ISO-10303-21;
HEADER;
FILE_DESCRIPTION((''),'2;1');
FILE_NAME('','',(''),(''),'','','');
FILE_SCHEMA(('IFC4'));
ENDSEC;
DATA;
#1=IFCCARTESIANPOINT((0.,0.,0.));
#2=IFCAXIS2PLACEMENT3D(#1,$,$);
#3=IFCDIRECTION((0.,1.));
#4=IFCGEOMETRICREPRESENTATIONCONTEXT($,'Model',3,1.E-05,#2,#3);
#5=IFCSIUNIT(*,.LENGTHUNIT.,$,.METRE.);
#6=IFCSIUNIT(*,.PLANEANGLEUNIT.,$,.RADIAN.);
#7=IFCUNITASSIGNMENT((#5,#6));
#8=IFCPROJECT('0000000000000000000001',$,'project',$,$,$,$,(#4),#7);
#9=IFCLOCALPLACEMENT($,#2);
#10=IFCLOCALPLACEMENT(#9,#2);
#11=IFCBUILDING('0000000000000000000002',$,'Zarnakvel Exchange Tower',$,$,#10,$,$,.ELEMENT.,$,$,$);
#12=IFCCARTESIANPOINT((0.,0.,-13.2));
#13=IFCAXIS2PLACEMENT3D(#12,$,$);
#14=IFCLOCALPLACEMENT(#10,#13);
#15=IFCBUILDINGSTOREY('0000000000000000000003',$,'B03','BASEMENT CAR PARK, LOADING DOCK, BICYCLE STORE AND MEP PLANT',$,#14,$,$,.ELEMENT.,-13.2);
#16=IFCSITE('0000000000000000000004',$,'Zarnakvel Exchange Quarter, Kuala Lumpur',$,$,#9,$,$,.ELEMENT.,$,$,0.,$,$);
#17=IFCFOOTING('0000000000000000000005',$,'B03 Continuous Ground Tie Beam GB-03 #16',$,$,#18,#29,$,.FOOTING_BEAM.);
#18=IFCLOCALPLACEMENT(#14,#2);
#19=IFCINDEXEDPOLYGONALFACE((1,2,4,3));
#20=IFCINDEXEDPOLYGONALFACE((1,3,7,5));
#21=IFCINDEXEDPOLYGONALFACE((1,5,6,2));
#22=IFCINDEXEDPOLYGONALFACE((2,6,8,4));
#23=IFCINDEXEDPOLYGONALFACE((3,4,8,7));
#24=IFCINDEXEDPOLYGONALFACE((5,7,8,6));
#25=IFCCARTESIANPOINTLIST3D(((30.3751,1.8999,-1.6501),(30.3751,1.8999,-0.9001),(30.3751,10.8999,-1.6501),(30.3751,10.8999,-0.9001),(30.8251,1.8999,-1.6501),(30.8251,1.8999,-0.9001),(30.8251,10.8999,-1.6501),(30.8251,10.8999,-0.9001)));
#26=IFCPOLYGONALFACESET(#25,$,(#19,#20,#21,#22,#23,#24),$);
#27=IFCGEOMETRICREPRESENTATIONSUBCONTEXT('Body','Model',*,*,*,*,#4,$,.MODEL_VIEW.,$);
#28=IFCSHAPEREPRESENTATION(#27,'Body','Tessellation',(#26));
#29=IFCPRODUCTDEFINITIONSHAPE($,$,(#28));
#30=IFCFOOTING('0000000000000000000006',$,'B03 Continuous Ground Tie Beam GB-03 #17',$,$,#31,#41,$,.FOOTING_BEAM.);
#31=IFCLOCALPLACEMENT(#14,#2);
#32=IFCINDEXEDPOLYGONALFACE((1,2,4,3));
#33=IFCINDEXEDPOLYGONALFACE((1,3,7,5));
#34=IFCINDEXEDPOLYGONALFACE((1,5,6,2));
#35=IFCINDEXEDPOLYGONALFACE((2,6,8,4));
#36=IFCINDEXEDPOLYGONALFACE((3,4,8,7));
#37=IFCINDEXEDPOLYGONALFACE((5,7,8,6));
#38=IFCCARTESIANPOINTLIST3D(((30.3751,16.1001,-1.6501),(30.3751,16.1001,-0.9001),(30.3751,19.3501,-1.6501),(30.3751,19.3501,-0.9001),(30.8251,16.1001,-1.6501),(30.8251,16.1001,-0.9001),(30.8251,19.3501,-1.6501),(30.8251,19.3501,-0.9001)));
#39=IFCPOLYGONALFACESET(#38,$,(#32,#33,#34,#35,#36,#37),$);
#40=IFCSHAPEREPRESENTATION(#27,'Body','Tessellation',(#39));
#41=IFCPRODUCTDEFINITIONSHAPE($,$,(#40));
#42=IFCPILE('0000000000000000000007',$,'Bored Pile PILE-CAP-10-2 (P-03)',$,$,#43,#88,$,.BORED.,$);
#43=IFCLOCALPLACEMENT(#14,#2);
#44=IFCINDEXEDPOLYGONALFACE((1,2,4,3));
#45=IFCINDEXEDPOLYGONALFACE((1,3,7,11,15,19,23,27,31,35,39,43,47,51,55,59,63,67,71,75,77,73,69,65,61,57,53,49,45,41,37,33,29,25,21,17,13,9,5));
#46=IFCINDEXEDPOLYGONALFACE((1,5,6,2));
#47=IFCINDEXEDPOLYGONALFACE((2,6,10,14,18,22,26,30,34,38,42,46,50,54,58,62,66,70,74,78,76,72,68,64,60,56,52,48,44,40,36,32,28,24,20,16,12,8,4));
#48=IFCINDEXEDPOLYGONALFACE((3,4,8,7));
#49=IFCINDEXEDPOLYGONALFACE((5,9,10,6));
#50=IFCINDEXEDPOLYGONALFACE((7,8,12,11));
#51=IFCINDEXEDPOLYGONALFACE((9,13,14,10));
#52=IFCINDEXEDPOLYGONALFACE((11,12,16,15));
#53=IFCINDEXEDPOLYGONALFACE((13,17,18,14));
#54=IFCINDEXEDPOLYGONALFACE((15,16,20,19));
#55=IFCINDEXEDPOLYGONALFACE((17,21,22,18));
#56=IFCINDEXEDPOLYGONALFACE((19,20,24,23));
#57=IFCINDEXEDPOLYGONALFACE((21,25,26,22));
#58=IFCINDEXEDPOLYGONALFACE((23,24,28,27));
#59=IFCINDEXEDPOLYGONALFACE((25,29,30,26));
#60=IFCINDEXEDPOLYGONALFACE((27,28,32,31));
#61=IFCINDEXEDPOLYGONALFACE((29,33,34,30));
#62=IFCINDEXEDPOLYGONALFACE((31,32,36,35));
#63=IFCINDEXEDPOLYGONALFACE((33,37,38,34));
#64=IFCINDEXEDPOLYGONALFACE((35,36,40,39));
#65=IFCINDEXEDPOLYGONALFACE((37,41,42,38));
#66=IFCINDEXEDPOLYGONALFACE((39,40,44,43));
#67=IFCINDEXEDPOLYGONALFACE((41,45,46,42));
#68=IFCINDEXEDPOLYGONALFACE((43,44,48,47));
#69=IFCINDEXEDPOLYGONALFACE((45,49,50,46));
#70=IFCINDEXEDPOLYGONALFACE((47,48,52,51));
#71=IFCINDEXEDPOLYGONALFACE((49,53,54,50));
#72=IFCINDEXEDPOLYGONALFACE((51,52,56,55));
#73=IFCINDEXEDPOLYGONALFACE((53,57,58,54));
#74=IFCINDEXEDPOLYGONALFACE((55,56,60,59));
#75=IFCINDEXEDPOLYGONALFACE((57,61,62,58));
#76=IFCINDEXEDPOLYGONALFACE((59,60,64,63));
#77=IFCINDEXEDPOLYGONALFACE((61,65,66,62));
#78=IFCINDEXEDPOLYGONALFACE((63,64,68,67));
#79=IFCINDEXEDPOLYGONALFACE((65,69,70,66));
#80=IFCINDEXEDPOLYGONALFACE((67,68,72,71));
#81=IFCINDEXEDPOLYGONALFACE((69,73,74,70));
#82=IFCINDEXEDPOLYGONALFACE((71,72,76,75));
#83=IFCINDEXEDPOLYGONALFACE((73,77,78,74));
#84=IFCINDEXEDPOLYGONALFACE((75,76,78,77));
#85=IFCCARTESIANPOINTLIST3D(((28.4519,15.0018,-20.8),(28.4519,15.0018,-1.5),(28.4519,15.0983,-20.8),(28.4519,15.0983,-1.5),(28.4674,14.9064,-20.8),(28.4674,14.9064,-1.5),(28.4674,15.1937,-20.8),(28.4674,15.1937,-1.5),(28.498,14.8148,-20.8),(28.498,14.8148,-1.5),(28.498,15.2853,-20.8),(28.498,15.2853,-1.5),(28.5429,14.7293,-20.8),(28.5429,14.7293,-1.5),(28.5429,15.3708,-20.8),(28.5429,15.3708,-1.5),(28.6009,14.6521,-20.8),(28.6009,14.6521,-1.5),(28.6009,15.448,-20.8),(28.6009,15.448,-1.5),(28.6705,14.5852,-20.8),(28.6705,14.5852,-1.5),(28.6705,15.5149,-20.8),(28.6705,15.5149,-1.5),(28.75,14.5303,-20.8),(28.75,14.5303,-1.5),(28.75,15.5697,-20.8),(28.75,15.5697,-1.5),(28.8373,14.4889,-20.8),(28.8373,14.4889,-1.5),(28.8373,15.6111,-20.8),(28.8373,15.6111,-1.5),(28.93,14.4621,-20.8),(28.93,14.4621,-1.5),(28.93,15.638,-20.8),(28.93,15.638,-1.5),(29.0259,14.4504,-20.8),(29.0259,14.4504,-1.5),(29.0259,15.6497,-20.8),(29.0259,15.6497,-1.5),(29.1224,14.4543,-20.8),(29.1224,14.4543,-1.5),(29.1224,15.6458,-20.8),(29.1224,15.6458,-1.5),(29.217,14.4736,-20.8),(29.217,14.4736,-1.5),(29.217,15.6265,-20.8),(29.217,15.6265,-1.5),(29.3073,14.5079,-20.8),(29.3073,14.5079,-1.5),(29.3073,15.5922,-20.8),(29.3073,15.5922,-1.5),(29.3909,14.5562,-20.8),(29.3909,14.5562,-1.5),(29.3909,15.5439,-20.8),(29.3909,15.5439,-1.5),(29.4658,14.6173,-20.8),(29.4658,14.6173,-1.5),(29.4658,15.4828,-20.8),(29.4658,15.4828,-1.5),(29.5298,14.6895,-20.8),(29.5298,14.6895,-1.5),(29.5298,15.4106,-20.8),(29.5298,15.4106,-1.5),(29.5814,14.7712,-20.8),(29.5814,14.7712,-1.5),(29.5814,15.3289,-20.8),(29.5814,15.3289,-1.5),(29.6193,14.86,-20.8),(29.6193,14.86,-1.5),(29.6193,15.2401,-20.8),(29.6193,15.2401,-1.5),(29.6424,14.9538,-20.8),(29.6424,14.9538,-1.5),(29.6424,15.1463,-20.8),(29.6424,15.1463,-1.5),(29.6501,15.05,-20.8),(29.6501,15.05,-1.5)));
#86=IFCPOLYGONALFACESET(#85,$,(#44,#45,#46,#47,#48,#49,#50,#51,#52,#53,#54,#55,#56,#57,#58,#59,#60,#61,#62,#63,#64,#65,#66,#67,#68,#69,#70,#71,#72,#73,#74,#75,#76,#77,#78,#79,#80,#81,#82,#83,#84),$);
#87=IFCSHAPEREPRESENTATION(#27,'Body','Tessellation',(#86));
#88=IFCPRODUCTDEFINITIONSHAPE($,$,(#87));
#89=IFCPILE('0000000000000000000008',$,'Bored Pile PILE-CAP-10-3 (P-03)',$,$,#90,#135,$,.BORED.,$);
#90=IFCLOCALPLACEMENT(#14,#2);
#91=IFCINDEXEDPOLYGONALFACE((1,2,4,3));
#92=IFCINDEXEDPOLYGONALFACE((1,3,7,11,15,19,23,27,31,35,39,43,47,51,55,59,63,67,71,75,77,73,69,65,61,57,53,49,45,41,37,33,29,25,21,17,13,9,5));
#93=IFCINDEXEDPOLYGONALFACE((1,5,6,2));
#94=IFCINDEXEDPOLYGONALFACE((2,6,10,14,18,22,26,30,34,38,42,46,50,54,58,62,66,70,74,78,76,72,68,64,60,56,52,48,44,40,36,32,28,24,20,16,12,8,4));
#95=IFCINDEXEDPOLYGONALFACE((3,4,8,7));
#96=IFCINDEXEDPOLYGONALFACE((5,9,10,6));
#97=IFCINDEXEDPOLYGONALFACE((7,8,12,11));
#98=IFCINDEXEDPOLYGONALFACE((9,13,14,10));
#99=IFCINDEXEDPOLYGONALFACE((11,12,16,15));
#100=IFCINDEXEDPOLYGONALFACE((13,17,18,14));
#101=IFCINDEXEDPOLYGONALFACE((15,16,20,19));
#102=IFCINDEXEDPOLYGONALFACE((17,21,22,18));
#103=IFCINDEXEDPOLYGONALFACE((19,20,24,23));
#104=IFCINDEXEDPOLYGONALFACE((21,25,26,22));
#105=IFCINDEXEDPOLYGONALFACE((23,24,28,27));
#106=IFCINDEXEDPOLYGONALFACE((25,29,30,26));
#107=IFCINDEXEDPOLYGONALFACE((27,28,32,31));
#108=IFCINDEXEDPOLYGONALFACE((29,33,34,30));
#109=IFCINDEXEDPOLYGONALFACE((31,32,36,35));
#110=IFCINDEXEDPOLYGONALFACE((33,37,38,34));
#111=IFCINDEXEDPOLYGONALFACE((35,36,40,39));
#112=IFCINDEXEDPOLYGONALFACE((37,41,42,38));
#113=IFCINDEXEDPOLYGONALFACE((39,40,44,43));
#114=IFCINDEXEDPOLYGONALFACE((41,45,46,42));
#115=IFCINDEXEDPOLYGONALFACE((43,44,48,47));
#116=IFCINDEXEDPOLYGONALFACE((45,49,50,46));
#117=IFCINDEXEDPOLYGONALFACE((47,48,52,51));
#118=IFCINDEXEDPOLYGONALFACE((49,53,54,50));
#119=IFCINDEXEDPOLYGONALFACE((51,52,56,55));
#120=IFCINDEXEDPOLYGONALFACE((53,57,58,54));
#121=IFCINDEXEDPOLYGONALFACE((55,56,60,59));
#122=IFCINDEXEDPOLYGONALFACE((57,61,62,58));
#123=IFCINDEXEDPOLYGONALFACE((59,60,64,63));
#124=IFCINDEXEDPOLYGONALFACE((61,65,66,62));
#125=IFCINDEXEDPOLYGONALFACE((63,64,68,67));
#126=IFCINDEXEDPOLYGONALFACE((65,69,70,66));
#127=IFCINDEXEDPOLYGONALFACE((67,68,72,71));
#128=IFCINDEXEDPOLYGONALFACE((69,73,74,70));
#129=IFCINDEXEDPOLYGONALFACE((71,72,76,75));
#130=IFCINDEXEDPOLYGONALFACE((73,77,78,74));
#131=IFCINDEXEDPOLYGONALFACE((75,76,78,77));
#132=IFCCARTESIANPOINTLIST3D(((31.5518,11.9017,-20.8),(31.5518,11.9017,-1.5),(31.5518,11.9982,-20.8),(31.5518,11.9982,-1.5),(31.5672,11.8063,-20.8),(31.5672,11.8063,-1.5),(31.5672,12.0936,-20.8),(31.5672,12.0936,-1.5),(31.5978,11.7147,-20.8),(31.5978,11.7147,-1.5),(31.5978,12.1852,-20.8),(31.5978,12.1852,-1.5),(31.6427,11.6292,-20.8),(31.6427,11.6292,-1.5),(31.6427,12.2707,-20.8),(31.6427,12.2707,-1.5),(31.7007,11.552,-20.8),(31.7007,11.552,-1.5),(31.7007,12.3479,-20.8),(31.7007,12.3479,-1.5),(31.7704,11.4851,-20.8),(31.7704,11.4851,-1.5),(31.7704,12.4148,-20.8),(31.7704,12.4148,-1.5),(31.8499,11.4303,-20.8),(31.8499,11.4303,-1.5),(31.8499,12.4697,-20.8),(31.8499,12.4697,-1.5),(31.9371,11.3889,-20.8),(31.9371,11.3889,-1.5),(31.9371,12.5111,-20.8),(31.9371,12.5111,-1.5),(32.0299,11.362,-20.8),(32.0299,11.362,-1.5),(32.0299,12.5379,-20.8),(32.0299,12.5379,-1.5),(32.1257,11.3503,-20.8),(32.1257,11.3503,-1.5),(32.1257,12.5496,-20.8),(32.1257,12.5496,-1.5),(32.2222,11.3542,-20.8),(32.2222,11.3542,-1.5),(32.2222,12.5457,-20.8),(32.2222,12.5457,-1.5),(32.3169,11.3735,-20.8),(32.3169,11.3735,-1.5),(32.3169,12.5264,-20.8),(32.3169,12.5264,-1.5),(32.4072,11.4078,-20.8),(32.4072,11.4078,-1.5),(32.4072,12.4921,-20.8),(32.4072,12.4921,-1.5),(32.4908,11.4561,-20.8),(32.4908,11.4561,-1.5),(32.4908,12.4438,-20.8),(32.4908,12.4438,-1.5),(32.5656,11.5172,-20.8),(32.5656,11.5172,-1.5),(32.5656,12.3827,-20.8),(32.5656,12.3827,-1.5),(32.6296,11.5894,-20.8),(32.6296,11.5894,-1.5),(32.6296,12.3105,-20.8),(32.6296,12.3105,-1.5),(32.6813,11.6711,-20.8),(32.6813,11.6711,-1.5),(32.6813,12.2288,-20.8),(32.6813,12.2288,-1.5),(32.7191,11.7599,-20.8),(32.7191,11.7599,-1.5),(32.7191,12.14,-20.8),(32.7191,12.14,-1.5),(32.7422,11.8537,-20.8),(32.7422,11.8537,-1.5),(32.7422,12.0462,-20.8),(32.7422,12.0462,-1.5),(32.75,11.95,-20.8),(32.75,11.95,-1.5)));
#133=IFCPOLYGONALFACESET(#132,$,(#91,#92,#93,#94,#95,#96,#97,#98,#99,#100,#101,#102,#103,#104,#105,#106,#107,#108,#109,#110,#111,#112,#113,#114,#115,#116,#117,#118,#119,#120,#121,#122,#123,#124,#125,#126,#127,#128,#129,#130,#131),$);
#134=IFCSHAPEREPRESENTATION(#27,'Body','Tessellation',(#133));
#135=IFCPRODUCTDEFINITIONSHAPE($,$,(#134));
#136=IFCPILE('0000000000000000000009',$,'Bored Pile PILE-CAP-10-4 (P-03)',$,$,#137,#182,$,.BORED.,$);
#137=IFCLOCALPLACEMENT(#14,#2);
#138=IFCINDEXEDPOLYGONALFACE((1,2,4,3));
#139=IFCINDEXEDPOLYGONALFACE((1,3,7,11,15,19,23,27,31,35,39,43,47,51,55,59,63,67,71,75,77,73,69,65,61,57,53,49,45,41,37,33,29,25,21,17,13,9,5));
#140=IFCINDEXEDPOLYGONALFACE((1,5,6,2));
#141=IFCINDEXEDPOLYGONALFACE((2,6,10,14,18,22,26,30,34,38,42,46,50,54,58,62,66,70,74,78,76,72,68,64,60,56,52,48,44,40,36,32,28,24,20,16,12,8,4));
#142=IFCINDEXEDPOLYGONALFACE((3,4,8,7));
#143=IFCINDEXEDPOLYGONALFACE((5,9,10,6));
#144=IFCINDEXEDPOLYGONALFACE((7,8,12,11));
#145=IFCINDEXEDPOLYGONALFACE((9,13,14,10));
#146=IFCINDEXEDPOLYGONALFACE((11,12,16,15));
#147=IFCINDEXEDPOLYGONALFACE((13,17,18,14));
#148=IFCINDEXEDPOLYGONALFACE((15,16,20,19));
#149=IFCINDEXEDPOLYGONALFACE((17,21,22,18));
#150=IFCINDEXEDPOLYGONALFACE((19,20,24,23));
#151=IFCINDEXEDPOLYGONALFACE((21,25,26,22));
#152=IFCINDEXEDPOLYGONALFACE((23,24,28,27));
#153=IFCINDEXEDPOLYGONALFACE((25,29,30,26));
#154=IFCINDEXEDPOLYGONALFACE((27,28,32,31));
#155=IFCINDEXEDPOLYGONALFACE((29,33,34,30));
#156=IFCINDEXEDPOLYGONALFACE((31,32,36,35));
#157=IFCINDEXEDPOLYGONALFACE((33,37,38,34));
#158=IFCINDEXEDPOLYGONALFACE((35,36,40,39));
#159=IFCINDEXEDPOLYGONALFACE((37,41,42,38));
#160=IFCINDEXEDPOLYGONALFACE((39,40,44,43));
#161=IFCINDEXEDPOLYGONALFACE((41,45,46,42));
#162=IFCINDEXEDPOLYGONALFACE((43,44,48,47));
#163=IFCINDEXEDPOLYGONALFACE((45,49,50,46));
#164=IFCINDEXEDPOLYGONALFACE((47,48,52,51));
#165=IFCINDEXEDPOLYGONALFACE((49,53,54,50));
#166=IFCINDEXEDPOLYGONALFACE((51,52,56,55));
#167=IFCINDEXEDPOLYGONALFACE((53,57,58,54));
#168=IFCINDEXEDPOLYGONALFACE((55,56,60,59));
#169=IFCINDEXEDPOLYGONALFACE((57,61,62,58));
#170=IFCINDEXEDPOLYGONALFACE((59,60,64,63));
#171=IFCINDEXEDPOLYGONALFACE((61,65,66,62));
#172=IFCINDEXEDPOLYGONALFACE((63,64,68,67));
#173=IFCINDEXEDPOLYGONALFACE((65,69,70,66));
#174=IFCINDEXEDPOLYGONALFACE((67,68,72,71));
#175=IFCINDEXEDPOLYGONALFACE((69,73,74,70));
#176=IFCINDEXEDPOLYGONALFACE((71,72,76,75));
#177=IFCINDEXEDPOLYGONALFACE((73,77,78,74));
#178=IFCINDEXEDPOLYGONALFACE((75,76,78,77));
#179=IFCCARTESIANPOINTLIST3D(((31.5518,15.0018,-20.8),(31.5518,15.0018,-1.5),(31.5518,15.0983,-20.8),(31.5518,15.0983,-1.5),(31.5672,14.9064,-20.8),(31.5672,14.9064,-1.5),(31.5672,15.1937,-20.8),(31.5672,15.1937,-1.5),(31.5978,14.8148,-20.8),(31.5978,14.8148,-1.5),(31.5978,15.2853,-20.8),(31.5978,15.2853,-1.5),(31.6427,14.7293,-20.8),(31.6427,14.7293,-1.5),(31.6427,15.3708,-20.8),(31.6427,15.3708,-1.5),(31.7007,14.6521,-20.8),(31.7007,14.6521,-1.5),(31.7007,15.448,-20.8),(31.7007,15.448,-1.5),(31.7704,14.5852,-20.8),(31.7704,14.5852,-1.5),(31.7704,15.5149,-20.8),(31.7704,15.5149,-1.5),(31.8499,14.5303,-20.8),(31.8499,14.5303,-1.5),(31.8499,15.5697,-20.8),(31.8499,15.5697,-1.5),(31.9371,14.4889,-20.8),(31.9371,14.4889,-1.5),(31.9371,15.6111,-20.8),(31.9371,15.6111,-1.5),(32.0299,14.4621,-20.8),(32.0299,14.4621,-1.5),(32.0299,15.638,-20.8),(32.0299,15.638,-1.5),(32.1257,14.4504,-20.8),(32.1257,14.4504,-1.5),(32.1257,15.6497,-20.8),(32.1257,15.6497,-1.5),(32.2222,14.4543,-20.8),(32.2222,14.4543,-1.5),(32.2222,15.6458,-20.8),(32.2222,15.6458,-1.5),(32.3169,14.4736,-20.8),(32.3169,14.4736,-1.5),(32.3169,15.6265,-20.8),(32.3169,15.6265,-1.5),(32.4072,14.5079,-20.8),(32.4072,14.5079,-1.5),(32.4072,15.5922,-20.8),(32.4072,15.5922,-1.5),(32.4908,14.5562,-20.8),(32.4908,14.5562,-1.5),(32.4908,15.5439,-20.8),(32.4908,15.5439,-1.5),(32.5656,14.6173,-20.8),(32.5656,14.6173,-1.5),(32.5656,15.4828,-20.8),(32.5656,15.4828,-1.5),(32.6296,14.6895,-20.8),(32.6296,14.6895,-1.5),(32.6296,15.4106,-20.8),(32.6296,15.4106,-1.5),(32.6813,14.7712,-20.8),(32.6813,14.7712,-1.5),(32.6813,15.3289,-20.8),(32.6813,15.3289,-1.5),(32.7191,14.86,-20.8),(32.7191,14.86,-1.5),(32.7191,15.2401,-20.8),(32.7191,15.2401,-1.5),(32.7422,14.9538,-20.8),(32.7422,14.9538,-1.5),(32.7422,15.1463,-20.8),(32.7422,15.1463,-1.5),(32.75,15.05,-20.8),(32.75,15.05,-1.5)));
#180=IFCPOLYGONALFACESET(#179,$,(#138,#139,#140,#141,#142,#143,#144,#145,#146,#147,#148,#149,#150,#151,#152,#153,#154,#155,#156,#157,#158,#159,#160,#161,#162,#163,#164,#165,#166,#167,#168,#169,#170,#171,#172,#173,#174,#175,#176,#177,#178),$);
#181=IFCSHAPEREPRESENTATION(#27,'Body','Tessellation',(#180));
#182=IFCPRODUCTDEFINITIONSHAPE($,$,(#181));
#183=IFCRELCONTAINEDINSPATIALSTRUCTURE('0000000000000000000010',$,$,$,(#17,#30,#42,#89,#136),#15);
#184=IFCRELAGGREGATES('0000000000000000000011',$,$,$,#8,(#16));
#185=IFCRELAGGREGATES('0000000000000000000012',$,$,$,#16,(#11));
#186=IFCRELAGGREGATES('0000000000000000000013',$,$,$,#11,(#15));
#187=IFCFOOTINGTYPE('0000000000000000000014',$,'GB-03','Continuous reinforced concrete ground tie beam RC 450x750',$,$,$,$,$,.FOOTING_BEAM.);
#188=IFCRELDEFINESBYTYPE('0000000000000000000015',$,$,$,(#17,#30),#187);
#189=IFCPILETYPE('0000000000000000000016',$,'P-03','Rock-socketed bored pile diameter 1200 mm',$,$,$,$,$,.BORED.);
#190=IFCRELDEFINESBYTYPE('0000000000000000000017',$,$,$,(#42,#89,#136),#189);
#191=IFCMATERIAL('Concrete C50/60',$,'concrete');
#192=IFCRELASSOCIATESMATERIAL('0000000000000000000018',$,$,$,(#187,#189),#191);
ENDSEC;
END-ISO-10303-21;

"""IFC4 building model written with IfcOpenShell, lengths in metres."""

from ifc_helpers import new_model, si_unit, direction, frame, origin, origin_2d, place, context, subcontext, project, spatial, rectangle, circle, extrude, material, material_profile, profile_set, type_object, element, save


model = new_model("IFC4")

# Units and contexts
model_context = context("Model", 3, precision=1e-05, world=origin(), true_north=direction((0.0, 1.0)))
body_context = subcontext(model_context, "Body", "Model", "MODEL_VIEW")
ifc_project = project(units=[si_unit("LENGTHUNIT", "METRE"), si_unit("PLANEANGLEUNIT", "RADIAN")], contexts=[model_context])

# Site, building, storey
site_placement = place(None, origin())
site = spatial("IfcSite", under=ifc_project, at=site_placement, Name="Zarnakvel Exchange Quarter, Kuala Lumpur", CompositionType="ELEMENT", RefElevation=0.0)
building_placement = place(site_placement, origin())
building = spatial("IfcBuilding", under=site, at=building_placement, Name="Zarnakvel Exchange Tower", CompositionType="ELEMENT")
storey_placement = place(building_placement, frame((0.0, 0.0, -13.2)))
storey = spatial("IfcBuildingStorey", under=building, at=storey_placement, Name="B03", Description="BASEMENT CAR PARK, LOADING DOCK, BICYCLE STORE AND MEP PLANT", CompositionType="ELEMENT", Elevation=-13.2)

# Footings
ifc_material_1 = material(Name="Concrete C50/60", Category="concrete")
ifc_material_profile_1 = material_profile(ifc_material_1, rectangle(XDim=0.45, YDim=0.75, at=origin_2d()))
ifc_profile_set_1 = profile_set([ifc_material_profile_1], Name="Concrete C50/60")
footing_type_1 = type_object("IfcFootingType", Name="GB-03", Description="Continuous reinforced concrete ground tie beam RC 450x750", PredefinedType="FOOTING_BEAM", material=ifc_profile_set_1)
footing_1_placement = place(storey_placement, frame((30.6001, 1.8999, -1.2751), z_axis=(0.0, 1.0, 0.0), x_axis=(-1.0, 0.0, 0.0)))
element("IfcFooting", 1, at=footing_1_placement, inside=storey, type_object=footing_type_1, Name="B03 Continuous Ground Tie Beam GB-03 #16", PredefinedType="FOOTING_BEAM", context=body_context, shape_type="SweptSolid", body=[
    extrude(rectangle(XDim=0.45, YDim=0.75, at=origin_2d()), origin(), (0.0, 0.0, 1.0), 9.0),
])
footing_2_placement = place(storey_placement, frame((30.6001, 16.1001, -1.2751), z_axis=(0.0, 1.0, 0.0), x_axis=(-1.0, 0.0, 0.0)))
element("IfcFooting", 2, at=footing_2_placement, inside=storey, type_object=footing_type_1, Name="B03 Continuous Ground Tie Beam GB-03 #17", PredefinedType="FOOTING_BEAM", context=body_context, shape_type="SweptSolid", body=[
    extrude(rectangle(XDim=0.45, YDim=0.75, at=origin_2d()), origin(), (0.0, 0.0, 1.0), 3.25),
])

# Piles
ifc_material_profile_2 = material_profile(ifc_material_1, circle(Radius=0.6001, at=origin_2d()))
ifc_profile_set_2 = profile_set([ifc_material_profile_2], Name="Concrete C50/60")
pile_type_1 = type_object("IfcPileType", Name="P-03", Description="Rock-socketed bored pile diameter 1200 mm", PredefinedType="BORED", material=ifc_profile_set_2)
for number, where, z_axis, x_axis, name in (
    (3, (29.05, 15.05, -1.5), (0.0, 0.0, -1.0), (1.0, 0.0, 0.0), "Bored Pile PILE-CAP-10-2 (P-03)"),
    (4, (32.1499, 11.95, -1.5), (0.0, 0.0, -1.0), (1.0, 0.0, 0.0), "Bored Pile PILE-CAP-10-3 (P-03)"),
    (5, (32.1499, 15.05, -1.5), (0.0, 0.0, -1.0), (1.0, 0.0, 0.0), "Bored Pile PILE-CAP-10-4 (P-03)"),
):
    element("IfcPile", number, at=place(storey_placement, frame(where, z_axis=z_axis, x_axis=x_axis)), inside=storey, type_object=pile_type_1, Name=name, PredefinedType="BORED", context=body_context, shape_type="SweptSolid", body=[
        extrude(circle(Radius=0.6001, at=origin_2d()), origin(), (0.0, 0.0, 1.0), 19.3),
    ])

save(model, "model.ifc")
